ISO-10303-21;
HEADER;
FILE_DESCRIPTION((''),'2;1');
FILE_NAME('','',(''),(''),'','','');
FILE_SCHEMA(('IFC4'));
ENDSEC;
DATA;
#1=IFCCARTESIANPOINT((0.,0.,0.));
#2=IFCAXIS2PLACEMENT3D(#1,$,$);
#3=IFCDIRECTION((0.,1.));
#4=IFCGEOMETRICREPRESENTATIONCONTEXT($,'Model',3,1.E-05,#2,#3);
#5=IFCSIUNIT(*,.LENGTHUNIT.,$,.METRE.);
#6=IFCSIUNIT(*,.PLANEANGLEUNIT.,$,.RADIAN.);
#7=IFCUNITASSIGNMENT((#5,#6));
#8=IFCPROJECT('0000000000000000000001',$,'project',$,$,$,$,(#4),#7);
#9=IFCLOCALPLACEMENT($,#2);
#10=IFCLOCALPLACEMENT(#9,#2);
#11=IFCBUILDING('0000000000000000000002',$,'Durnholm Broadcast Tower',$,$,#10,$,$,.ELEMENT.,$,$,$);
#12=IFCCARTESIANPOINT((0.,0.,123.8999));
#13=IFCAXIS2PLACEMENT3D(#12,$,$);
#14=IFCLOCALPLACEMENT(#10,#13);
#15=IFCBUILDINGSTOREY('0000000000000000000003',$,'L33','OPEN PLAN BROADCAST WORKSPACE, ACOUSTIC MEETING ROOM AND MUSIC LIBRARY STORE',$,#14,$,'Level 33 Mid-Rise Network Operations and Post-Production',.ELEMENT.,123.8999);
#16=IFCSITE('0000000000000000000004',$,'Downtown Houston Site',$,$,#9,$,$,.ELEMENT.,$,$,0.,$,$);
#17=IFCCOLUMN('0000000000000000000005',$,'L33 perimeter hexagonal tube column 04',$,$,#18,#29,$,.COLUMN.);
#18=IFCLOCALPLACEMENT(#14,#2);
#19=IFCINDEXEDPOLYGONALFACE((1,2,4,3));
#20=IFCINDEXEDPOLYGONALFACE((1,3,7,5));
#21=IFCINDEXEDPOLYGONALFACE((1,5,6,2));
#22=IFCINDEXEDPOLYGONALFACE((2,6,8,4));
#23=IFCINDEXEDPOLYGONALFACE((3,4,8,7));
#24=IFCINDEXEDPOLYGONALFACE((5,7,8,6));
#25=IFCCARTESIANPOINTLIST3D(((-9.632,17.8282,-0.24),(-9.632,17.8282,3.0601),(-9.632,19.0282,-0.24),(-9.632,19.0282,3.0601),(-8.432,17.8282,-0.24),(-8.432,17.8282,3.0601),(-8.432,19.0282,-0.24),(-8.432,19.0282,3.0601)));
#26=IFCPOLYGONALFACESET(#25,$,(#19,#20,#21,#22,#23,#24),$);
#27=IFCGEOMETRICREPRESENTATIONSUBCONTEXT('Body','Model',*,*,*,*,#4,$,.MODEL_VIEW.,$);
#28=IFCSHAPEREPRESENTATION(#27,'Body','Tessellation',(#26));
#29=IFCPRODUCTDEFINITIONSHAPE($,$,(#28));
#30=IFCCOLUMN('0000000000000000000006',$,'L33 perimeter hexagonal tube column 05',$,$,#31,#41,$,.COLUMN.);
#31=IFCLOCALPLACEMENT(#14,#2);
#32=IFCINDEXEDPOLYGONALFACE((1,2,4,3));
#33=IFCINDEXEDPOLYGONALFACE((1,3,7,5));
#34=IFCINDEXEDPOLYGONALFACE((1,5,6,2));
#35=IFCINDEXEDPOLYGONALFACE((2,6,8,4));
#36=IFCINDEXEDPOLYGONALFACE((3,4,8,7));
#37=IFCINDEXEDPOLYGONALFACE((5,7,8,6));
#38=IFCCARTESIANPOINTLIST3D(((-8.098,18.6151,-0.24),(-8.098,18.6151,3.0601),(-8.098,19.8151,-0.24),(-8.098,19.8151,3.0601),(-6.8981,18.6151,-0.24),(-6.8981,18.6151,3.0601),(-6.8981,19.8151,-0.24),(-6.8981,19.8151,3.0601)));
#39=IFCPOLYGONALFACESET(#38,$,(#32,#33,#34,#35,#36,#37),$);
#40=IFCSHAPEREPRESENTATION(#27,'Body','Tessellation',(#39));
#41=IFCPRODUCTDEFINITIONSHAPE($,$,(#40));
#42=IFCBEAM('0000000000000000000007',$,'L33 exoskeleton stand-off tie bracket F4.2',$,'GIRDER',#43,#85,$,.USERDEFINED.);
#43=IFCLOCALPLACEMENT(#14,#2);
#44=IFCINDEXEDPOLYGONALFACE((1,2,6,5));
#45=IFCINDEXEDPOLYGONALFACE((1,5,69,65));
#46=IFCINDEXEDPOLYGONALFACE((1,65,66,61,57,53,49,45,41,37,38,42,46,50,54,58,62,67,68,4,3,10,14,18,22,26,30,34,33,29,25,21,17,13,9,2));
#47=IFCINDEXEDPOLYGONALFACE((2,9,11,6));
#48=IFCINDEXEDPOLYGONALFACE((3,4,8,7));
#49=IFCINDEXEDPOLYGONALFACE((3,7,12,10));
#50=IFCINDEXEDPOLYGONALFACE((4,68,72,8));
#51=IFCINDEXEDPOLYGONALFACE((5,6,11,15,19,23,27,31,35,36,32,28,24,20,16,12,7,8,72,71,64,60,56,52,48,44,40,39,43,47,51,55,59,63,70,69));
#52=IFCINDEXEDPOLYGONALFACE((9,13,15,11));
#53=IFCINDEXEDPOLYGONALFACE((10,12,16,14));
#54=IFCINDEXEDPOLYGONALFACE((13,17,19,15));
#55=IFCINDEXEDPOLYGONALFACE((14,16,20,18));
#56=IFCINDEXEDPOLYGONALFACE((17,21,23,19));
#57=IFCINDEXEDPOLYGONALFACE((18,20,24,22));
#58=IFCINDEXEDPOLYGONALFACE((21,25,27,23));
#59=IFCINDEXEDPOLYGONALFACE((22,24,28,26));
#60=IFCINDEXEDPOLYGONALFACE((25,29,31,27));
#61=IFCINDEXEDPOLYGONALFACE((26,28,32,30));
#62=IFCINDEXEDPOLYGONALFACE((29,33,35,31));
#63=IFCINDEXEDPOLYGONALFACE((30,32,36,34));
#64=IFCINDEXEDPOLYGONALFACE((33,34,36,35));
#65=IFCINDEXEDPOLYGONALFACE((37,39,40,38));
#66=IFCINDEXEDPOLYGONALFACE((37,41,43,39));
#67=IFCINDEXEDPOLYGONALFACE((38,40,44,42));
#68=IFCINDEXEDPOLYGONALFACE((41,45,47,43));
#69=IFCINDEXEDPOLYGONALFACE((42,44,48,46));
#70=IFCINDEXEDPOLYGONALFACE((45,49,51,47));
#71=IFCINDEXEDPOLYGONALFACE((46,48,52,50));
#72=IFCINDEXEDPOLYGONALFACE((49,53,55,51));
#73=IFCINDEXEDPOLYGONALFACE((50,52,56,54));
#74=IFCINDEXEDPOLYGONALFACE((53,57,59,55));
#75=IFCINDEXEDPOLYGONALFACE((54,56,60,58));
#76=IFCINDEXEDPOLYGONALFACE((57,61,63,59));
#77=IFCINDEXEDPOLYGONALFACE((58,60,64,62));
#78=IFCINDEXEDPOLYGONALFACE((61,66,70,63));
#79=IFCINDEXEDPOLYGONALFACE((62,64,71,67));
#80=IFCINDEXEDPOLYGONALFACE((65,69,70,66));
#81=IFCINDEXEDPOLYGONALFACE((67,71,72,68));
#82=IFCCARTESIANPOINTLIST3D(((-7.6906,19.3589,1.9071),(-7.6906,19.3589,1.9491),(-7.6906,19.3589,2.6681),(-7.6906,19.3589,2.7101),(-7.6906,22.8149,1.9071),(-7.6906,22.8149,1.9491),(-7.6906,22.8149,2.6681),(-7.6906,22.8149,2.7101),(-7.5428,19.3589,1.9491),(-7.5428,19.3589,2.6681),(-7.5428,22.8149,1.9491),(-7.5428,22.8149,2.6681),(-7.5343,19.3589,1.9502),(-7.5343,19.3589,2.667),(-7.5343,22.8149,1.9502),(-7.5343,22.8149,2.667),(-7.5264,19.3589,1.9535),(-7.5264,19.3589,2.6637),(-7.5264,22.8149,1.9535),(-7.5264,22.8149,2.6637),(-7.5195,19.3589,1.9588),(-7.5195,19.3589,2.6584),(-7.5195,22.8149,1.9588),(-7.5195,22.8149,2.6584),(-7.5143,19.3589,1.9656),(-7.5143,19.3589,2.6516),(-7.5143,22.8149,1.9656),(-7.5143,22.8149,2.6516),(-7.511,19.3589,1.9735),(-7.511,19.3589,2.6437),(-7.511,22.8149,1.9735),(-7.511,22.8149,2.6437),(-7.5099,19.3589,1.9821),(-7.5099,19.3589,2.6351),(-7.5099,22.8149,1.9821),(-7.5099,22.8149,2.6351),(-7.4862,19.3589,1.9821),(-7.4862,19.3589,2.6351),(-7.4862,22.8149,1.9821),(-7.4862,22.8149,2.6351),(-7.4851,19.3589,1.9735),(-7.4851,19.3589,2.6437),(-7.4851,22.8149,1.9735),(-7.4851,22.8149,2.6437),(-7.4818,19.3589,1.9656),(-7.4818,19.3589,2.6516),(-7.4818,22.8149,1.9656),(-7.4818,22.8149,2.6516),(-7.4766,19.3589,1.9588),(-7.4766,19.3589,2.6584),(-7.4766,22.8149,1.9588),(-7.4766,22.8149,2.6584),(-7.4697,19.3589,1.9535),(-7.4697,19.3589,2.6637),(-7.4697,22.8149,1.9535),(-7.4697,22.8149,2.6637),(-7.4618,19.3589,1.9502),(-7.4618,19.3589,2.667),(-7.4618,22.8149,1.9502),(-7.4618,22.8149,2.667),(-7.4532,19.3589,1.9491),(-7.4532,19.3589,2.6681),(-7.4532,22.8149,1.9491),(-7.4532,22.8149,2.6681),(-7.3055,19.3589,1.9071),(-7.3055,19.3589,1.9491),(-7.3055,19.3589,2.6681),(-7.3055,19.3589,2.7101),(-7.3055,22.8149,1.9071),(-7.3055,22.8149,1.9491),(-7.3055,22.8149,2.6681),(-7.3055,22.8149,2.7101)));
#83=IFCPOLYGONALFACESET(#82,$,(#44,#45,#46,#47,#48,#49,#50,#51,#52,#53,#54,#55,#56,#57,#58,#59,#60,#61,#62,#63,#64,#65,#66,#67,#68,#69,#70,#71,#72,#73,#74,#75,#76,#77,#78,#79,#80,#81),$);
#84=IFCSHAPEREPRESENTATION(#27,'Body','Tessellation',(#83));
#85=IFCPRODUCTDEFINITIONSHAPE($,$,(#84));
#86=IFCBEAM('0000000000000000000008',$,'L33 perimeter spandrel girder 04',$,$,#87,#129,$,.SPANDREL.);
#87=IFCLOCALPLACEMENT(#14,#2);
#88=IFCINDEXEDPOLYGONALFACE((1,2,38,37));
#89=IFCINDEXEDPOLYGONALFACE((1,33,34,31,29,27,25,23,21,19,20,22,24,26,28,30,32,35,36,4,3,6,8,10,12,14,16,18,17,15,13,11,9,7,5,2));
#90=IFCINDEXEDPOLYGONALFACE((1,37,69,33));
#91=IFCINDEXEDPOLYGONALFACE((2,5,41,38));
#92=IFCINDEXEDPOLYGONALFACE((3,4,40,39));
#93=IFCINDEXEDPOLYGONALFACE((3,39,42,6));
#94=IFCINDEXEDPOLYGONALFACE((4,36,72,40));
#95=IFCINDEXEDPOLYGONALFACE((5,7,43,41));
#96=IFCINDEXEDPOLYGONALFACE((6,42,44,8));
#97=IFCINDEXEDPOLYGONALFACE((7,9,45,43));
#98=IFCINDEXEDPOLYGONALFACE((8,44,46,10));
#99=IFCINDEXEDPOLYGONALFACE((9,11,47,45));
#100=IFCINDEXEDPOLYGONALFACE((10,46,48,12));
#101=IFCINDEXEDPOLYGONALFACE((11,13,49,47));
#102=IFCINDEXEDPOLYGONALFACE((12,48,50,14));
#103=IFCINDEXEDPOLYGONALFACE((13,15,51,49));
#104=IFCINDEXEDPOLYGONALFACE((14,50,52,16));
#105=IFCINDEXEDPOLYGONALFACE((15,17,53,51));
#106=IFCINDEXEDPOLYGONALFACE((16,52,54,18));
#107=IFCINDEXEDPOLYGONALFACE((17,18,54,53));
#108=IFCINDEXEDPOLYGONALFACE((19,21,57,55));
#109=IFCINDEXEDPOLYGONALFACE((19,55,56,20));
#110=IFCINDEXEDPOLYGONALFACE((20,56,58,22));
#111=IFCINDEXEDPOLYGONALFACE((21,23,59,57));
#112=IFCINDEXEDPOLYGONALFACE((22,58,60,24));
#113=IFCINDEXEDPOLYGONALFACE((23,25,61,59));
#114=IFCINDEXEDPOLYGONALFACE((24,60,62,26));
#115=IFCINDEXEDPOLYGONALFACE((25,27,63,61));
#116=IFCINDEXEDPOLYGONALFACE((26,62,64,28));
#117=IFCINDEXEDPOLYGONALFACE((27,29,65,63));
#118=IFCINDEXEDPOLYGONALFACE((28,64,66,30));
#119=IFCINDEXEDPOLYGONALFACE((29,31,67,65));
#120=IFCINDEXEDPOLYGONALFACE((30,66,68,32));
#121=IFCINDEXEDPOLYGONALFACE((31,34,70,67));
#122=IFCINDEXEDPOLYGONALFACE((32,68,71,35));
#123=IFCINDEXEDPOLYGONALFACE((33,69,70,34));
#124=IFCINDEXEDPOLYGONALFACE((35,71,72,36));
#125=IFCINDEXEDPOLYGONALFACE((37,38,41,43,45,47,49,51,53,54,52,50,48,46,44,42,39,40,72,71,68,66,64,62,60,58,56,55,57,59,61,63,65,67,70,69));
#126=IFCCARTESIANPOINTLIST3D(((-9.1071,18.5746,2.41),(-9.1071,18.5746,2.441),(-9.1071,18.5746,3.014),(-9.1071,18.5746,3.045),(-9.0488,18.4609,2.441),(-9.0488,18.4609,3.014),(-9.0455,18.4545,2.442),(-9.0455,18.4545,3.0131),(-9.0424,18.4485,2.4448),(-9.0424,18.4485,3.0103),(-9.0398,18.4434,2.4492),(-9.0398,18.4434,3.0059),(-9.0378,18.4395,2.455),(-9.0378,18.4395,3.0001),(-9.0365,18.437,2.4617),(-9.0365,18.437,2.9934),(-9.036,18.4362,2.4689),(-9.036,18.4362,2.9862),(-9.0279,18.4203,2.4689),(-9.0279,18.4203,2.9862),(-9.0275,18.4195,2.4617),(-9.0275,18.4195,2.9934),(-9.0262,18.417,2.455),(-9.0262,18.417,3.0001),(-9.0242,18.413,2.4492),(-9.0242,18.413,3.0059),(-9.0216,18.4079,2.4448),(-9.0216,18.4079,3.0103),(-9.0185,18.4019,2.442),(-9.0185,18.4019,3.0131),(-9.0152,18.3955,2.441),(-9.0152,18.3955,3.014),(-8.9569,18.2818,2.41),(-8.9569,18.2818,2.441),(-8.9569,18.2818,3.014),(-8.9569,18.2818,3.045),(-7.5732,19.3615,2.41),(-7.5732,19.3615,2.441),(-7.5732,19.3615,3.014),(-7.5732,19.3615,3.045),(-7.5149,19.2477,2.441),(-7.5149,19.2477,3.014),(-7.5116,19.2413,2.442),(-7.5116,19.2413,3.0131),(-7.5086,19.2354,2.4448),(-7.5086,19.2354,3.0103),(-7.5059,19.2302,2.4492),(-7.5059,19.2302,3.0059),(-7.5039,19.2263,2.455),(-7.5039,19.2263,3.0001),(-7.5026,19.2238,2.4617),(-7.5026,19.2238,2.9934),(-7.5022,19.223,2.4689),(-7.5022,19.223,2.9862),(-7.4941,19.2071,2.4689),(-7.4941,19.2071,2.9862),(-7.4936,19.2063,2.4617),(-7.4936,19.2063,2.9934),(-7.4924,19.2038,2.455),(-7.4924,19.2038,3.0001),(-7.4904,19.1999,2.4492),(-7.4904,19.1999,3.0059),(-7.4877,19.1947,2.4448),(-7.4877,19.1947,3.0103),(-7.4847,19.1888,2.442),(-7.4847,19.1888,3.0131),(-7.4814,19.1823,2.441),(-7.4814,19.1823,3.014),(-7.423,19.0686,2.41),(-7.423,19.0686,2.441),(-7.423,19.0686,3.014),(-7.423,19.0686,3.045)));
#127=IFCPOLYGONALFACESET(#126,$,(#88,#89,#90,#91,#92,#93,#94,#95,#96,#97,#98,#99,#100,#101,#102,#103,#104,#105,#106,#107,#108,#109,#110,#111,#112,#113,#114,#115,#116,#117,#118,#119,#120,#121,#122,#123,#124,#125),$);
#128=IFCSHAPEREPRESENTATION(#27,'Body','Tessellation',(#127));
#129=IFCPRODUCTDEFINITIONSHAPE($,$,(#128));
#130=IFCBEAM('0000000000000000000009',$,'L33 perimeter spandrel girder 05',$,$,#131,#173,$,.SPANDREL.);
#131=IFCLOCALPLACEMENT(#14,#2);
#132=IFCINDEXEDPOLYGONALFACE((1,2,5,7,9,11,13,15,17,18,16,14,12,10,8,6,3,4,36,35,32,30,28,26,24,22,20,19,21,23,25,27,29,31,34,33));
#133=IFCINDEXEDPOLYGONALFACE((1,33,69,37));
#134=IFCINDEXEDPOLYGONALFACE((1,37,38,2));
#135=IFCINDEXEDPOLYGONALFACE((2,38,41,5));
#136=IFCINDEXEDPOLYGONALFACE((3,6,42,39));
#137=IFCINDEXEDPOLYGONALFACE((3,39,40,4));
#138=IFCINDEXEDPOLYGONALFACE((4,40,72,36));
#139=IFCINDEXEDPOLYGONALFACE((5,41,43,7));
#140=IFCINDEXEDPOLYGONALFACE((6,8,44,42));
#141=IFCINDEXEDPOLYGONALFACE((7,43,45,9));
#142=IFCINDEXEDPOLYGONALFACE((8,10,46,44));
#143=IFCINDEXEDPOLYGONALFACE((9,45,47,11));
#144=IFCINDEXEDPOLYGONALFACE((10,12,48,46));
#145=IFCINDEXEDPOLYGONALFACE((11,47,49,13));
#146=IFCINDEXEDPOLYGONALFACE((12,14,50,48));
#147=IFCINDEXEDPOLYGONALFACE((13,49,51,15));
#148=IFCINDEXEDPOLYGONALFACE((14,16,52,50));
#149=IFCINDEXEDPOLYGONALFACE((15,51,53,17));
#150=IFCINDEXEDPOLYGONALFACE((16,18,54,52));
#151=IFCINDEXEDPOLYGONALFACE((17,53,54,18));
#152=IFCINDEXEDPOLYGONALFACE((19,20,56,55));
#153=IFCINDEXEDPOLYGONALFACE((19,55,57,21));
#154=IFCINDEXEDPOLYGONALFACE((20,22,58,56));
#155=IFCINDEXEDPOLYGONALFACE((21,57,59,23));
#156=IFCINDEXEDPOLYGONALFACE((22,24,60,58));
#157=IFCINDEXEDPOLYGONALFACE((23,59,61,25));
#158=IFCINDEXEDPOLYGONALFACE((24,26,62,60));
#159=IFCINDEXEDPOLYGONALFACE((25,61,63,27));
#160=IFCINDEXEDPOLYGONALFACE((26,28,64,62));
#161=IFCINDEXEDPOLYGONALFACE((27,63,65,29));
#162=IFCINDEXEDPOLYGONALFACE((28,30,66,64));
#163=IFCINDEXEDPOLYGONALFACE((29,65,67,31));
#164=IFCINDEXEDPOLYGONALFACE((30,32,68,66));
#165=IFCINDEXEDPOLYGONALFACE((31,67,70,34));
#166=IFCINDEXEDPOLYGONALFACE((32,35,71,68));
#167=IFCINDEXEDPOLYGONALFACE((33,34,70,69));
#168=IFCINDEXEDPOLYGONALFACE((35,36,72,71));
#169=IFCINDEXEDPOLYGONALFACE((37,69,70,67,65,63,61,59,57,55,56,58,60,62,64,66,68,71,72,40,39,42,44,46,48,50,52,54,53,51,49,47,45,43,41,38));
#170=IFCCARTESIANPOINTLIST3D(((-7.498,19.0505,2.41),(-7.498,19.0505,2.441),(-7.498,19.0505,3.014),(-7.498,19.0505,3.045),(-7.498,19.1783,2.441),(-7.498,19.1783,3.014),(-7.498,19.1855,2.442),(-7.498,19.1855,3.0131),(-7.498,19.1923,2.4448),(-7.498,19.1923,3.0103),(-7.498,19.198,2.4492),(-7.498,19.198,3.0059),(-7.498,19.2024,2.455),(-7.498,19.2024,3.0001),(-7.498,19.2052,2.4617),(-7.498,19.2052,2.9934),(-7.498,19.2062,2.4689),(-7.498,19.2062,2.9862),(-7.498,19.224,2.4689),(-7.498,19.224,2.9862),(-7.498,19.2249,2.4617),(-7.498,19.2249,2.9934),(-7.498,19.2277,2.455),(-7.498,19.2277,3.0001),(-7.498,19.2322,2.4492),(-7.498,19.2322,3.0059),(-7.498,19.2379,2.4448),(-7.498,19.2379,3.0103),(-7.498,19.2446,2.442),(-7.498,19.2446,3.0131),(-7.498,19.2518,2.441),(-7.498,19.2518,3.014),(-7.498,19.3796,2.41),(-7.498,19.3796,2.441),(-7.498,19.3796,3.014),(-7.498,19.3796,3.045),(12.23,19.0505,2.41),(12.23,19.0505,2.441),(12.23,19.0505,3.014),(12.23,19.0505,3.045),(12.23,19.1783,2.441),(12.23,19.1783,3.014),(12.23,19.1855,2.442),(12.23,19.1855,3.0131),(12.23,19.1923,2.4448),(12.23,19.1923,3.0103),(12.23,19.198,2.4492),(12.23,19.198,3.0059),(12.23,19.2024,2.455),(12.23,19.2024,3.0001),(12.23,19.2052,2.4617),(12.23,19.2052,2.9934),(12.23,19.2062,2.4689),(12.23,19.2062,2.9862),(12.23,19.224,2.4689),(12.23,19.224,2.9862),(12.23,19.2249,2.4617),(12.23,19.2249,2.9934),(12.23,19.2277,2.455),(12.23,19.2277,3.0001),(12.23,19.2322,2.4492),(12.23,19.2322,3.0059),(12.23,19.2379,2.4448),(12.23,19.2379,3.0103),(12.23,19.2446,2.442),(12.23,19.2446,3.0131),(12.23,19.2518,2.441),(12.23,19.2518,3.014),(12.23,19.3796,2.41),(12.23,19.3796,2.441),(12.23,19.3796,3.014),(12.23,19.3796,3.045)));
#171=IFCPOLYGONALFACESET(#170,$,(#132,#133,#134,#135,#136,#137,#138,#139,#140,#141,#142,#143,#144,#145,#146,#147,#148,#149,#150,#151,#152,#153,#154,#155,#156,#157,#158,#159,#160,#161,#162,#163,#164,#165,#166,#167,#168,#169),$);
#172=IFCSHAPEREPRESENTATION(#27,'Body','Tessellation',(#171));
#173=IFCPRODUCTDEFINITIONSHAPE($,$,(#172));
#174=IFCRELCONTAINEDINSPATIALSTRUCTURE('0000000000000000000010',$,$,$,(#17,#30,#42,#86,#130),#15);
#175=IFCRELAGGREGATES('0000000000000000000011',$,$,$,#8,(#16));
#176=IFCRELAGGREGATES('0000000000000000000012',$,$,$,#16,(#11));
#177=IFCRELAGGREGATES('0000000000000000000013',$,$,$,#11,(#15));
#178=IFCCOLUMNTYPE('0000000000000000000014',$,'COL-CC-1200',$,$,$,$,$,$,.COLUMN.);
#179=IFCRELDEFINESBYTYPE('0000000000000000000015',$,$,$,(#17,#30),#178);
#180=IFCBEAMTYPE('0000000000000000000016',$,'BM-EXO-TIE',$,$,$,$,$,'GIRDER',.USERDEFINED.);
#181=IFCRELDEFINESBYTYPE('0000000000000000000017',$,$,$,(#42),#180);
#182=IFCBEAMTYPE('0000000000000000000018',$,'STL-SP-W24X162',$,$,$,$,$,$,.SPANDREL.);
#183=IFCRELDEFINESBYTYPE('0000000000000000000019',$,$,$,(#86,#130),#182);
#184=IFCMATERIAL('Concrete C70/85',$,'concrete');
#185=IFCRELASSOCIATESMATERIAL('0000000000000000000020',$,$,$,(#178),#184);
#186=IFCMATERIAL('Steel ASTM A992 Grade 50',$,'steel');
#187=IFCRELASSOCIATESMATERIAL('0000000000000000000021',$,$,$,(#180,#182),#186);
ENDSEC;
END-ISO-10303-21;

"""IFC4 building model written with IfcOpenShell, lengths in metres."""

from ifc_helpers import new_model, si_unit, direction, frame, origin, origin_2d, place, context, subcontext, project, spatial, rectangle, i_section, extrude, source, transform, mapped, material, material_profile, profile_set, type_object, type_shapes, element, save


model = new_model("IFC4")

# Units and contexts
model_context = context("Model", 3, precision=1e-05, world=origin(), true_north=direction((0.0, 1.0)))
body_context = subcontext(model_context, "Body", "Model", "MODEL_VIEW")
ifc_project = project(units=[si_unit("LENGTHUNIT", "METRE"), si_unit("PLANEANGLEUNIT", "RADIAN")], contexts=[model_context])

# Site, building, storey
site_placement = place(None, origin())
site = spatial("IfcSite", under=ifc_project, at=site_placement, Name="Downtown Houston Site", CompositionType="ELEMENT", RefElevation=0.0)
building_placement = place(site_placement, origin())
building = spatial("IfcBuilding", under=site, at=building_placement, Name="Durnholm Broadcast Tower", CompositionType="ELEMENT")
storey_placement = place(building_placement, frame((0.0, 0.0, 123.8999)))
storey = spatial("IfcBuildingStorey", under=building, at=storey_placement, Name="L33", Description="OPEN PLAN BROADCAST WORKSPACE, ACOUSTIC MEETING ROOM AND MUSIC LIBRARY STORE", LongName="Level 33 Mid-Rise Network Operations and Post-Production", CompositionType="ELEMENT", Elevation=123.8999)

# Columns
ifc_material_1 = material(Name="Concrete C70/85", Category="concrete")
ifc_material_profile_1 = material_profile(ifc_material_1, rectangle(XDim=1.2, YDim=1.2, at=origin_2d()), Name="RC1200X1200")
ifc_profile_set_1 = profile_set([ifc_material_profile_1], Name="Concrete C70/85")
column_type = type_object("IfcColumnType", Name="COL-CC-1200", PredefinedType="COLUMN", material=ifc_profile_set_1)
shared_shape_1 = source(origin(), body_context, "Body", "SweptSolid", [
    extrude(rectangle(XDim=1.2, YDim=1.2, at=origin_2d()), origin(), (0.0, 0.0, 1.0), 3.3),
])
type_shapes(column_type, [shared_shape_1])
for number, where, z_axis, x_axis, name in (
    (1, (-9.032, 18.4282, -0.24), (0.0, 0.0, 1.0), (1.0, 0.0, 0.0), "L33 perimeter hexagonal tube column 04"),
    (2, (-7.498, 19.2151, -0.24), (0.0, 0.0, 1.0), (1.0, 0.0, 0.0), "L33 perimeter hexagonal tube column 05"),
):
    element("IfcColumn", number, at=place(storey_placement, frame(where, z_axis=z_axis, x_axis=x_axis)), inside=storey, type_object=column_type, Name=name, PredefinedType="COLUMN", context=body_context, shape_type="MappedRepresentation", body=[
        mapped(shared_shape_1, transform((0.0, 0.0, 0.0), x_axis=(1.0, 0.0, 0.0), y_axis=(0.0, 1.0, 0.0), z_axis=(0.0, 0.0, 1.0), scale=1.0)),
    ])

# Beams
ifc_material_2 = material(Name="Steel ASTM A992 Grade 50", Category="steel")
ifc_material_profile_2 = material_profile(ifc_material_2, i_section(OverallWidth=0.385, OverallDepth=0.803, WebThickness=0.0237, FlangeThickness=0.042, FilletRadius=0.033, at=origin_2d()), Name="W30X261")
ifc_profile_set_2 = profile_set([ifc_material_profile_2], Name="Steel ASTM A992 Grade 50")
beam_type_1 = type_object("IfcBeamType", Name="BM-EXO-TIE", ElementType="GIRDER", PredefinedType="USERDEFINED", material=ifc_profile_set_2)
shared_shape_2 = source(origin(), body_context, "Body", "SweptSolid", [
    extrude(i_section(OverallWidth=0.385, OverallDepth=0.803, WebThickness=0.0237, FlangeThickness=0.042, FilletRadius=0.033, at=origin_2d()), origin(), (0.0, 0.0, 1.0), 3.4561),
])
beam_1_placement = place(storey_placement, frame((-7.498, 19.3589, 2.3086), z_axis=(0.0, 1.0, 0.0), x_axis=(-1.0, 0.0, 0.0)))
element("IfcBeam", 3, at=beam_1_placement, inside=storey, type_object=beam_type_1, Name="L33 exoskeleton stand-off tie bracket F4.2", ObjectType="GIRDER", PredefinedType="USERDEFINED", context=body_context, shape_type="MappedRepresentation", body=[
    mapped(shared_shape_2, transform((0.0, 0.0, 0.0), x_axis=(1.0, 0.0, 0.0), y_axis=(0.0, 1.0, 0.0), z_axis=(0.0, 0.0, 1.0), scale=1.0)),
])
ifc_material_profile_3 = material_profile(ifc_material_2, i_section(OverallWidth=0.3291, OverallDepth=0.635, WebThickness=0.0178, FlangeThickness=0.031, FilletRadius=0.0278, at=origin_2d()), Name="W24X162")
ifc_profile_set_3 = profile_set([ifc_material_profile_3], Name="Steel ASTM A992 Grade 50")
beam_type_2 = type_object("IfcBeamType", Name="STL-SP-W24X162", PredefinedType="SPANDREL", material=ifc_profile_set_3)
shared_shape_3 = source(origin(), body_context, "Body", "SweptSolid", [
    extrude(i_section(OverallWidth=0.3291, OverallDepth=0.635, WebThickness=0.0178, FlangeThickness=0.031, FilletRadius=0.0278, at=origin_2d()), origin(), (0.0, 0.0, 1.0), 1.7239),
])
beam_2_placement = place(storey_placement, frame((-9.032, 18.4282, 2.7275), z_axis=(0.889763, 0.456423, 0.0), x_axis=(-0.456423, 0.889763, 0.0)))
element("IfcBeam", 4, at=beam_2_placement, inside=storey, type_object=beam_type_2, Name="L33 perimeter spandrel girder 04", PredefinedType="SPANDREL", context=body_context, shape_type="MappedRepresentation", body=[
    mapped(shared_shape_3, transform((0.0, 0.0, 0.0), x_axis=(1.0, 0.0, 0.0), y_axis=(0.0, 1.0, 0.0), z_axis=(0.0, 0.0, 1.0), scale=1.0)),
])
shared_shape_4 = source(origin(), body_context, "Body", "SweptSolid", [
    extrude(i_section(OverallWidth=0.3291, OverallDepth=0.635, WebThickness=0.0178, FlangeThickness=0.031, FilletRadius=0.0278, at=origin_2d()), origin(), (0.0, 0.0, 1.0), 19.728),
])
type_shapes(beam_type_2, [shared_shape_3, shared_shape_4])
beam_3_placement = place(storey_placement, frame((-7.498, 19.2151, 2.7275), z_axis=(1.0, 0.0, 0.0), x_axis=(0.0, 1.0, 0.0)))
element("IfcBeam", 5, at=beam_3_placement, inside=storey, type_object=beam_type_2, Name="L33 perimeter spandrel girder 05", PredefinedType="SPANDREL", context=body_context, shape_type="MappedRepresentation", body=[
    mapped(shared_shape_4, transform((0.0, 0.0, 0.0), x_axis=(1.0, 0.0, 0.0), y_axis=(0.0, 1.0, 0.0), z_axis=(0.0, 0.0, 1.0), scale=1.0)),
])

save(model, "model.ifc")
